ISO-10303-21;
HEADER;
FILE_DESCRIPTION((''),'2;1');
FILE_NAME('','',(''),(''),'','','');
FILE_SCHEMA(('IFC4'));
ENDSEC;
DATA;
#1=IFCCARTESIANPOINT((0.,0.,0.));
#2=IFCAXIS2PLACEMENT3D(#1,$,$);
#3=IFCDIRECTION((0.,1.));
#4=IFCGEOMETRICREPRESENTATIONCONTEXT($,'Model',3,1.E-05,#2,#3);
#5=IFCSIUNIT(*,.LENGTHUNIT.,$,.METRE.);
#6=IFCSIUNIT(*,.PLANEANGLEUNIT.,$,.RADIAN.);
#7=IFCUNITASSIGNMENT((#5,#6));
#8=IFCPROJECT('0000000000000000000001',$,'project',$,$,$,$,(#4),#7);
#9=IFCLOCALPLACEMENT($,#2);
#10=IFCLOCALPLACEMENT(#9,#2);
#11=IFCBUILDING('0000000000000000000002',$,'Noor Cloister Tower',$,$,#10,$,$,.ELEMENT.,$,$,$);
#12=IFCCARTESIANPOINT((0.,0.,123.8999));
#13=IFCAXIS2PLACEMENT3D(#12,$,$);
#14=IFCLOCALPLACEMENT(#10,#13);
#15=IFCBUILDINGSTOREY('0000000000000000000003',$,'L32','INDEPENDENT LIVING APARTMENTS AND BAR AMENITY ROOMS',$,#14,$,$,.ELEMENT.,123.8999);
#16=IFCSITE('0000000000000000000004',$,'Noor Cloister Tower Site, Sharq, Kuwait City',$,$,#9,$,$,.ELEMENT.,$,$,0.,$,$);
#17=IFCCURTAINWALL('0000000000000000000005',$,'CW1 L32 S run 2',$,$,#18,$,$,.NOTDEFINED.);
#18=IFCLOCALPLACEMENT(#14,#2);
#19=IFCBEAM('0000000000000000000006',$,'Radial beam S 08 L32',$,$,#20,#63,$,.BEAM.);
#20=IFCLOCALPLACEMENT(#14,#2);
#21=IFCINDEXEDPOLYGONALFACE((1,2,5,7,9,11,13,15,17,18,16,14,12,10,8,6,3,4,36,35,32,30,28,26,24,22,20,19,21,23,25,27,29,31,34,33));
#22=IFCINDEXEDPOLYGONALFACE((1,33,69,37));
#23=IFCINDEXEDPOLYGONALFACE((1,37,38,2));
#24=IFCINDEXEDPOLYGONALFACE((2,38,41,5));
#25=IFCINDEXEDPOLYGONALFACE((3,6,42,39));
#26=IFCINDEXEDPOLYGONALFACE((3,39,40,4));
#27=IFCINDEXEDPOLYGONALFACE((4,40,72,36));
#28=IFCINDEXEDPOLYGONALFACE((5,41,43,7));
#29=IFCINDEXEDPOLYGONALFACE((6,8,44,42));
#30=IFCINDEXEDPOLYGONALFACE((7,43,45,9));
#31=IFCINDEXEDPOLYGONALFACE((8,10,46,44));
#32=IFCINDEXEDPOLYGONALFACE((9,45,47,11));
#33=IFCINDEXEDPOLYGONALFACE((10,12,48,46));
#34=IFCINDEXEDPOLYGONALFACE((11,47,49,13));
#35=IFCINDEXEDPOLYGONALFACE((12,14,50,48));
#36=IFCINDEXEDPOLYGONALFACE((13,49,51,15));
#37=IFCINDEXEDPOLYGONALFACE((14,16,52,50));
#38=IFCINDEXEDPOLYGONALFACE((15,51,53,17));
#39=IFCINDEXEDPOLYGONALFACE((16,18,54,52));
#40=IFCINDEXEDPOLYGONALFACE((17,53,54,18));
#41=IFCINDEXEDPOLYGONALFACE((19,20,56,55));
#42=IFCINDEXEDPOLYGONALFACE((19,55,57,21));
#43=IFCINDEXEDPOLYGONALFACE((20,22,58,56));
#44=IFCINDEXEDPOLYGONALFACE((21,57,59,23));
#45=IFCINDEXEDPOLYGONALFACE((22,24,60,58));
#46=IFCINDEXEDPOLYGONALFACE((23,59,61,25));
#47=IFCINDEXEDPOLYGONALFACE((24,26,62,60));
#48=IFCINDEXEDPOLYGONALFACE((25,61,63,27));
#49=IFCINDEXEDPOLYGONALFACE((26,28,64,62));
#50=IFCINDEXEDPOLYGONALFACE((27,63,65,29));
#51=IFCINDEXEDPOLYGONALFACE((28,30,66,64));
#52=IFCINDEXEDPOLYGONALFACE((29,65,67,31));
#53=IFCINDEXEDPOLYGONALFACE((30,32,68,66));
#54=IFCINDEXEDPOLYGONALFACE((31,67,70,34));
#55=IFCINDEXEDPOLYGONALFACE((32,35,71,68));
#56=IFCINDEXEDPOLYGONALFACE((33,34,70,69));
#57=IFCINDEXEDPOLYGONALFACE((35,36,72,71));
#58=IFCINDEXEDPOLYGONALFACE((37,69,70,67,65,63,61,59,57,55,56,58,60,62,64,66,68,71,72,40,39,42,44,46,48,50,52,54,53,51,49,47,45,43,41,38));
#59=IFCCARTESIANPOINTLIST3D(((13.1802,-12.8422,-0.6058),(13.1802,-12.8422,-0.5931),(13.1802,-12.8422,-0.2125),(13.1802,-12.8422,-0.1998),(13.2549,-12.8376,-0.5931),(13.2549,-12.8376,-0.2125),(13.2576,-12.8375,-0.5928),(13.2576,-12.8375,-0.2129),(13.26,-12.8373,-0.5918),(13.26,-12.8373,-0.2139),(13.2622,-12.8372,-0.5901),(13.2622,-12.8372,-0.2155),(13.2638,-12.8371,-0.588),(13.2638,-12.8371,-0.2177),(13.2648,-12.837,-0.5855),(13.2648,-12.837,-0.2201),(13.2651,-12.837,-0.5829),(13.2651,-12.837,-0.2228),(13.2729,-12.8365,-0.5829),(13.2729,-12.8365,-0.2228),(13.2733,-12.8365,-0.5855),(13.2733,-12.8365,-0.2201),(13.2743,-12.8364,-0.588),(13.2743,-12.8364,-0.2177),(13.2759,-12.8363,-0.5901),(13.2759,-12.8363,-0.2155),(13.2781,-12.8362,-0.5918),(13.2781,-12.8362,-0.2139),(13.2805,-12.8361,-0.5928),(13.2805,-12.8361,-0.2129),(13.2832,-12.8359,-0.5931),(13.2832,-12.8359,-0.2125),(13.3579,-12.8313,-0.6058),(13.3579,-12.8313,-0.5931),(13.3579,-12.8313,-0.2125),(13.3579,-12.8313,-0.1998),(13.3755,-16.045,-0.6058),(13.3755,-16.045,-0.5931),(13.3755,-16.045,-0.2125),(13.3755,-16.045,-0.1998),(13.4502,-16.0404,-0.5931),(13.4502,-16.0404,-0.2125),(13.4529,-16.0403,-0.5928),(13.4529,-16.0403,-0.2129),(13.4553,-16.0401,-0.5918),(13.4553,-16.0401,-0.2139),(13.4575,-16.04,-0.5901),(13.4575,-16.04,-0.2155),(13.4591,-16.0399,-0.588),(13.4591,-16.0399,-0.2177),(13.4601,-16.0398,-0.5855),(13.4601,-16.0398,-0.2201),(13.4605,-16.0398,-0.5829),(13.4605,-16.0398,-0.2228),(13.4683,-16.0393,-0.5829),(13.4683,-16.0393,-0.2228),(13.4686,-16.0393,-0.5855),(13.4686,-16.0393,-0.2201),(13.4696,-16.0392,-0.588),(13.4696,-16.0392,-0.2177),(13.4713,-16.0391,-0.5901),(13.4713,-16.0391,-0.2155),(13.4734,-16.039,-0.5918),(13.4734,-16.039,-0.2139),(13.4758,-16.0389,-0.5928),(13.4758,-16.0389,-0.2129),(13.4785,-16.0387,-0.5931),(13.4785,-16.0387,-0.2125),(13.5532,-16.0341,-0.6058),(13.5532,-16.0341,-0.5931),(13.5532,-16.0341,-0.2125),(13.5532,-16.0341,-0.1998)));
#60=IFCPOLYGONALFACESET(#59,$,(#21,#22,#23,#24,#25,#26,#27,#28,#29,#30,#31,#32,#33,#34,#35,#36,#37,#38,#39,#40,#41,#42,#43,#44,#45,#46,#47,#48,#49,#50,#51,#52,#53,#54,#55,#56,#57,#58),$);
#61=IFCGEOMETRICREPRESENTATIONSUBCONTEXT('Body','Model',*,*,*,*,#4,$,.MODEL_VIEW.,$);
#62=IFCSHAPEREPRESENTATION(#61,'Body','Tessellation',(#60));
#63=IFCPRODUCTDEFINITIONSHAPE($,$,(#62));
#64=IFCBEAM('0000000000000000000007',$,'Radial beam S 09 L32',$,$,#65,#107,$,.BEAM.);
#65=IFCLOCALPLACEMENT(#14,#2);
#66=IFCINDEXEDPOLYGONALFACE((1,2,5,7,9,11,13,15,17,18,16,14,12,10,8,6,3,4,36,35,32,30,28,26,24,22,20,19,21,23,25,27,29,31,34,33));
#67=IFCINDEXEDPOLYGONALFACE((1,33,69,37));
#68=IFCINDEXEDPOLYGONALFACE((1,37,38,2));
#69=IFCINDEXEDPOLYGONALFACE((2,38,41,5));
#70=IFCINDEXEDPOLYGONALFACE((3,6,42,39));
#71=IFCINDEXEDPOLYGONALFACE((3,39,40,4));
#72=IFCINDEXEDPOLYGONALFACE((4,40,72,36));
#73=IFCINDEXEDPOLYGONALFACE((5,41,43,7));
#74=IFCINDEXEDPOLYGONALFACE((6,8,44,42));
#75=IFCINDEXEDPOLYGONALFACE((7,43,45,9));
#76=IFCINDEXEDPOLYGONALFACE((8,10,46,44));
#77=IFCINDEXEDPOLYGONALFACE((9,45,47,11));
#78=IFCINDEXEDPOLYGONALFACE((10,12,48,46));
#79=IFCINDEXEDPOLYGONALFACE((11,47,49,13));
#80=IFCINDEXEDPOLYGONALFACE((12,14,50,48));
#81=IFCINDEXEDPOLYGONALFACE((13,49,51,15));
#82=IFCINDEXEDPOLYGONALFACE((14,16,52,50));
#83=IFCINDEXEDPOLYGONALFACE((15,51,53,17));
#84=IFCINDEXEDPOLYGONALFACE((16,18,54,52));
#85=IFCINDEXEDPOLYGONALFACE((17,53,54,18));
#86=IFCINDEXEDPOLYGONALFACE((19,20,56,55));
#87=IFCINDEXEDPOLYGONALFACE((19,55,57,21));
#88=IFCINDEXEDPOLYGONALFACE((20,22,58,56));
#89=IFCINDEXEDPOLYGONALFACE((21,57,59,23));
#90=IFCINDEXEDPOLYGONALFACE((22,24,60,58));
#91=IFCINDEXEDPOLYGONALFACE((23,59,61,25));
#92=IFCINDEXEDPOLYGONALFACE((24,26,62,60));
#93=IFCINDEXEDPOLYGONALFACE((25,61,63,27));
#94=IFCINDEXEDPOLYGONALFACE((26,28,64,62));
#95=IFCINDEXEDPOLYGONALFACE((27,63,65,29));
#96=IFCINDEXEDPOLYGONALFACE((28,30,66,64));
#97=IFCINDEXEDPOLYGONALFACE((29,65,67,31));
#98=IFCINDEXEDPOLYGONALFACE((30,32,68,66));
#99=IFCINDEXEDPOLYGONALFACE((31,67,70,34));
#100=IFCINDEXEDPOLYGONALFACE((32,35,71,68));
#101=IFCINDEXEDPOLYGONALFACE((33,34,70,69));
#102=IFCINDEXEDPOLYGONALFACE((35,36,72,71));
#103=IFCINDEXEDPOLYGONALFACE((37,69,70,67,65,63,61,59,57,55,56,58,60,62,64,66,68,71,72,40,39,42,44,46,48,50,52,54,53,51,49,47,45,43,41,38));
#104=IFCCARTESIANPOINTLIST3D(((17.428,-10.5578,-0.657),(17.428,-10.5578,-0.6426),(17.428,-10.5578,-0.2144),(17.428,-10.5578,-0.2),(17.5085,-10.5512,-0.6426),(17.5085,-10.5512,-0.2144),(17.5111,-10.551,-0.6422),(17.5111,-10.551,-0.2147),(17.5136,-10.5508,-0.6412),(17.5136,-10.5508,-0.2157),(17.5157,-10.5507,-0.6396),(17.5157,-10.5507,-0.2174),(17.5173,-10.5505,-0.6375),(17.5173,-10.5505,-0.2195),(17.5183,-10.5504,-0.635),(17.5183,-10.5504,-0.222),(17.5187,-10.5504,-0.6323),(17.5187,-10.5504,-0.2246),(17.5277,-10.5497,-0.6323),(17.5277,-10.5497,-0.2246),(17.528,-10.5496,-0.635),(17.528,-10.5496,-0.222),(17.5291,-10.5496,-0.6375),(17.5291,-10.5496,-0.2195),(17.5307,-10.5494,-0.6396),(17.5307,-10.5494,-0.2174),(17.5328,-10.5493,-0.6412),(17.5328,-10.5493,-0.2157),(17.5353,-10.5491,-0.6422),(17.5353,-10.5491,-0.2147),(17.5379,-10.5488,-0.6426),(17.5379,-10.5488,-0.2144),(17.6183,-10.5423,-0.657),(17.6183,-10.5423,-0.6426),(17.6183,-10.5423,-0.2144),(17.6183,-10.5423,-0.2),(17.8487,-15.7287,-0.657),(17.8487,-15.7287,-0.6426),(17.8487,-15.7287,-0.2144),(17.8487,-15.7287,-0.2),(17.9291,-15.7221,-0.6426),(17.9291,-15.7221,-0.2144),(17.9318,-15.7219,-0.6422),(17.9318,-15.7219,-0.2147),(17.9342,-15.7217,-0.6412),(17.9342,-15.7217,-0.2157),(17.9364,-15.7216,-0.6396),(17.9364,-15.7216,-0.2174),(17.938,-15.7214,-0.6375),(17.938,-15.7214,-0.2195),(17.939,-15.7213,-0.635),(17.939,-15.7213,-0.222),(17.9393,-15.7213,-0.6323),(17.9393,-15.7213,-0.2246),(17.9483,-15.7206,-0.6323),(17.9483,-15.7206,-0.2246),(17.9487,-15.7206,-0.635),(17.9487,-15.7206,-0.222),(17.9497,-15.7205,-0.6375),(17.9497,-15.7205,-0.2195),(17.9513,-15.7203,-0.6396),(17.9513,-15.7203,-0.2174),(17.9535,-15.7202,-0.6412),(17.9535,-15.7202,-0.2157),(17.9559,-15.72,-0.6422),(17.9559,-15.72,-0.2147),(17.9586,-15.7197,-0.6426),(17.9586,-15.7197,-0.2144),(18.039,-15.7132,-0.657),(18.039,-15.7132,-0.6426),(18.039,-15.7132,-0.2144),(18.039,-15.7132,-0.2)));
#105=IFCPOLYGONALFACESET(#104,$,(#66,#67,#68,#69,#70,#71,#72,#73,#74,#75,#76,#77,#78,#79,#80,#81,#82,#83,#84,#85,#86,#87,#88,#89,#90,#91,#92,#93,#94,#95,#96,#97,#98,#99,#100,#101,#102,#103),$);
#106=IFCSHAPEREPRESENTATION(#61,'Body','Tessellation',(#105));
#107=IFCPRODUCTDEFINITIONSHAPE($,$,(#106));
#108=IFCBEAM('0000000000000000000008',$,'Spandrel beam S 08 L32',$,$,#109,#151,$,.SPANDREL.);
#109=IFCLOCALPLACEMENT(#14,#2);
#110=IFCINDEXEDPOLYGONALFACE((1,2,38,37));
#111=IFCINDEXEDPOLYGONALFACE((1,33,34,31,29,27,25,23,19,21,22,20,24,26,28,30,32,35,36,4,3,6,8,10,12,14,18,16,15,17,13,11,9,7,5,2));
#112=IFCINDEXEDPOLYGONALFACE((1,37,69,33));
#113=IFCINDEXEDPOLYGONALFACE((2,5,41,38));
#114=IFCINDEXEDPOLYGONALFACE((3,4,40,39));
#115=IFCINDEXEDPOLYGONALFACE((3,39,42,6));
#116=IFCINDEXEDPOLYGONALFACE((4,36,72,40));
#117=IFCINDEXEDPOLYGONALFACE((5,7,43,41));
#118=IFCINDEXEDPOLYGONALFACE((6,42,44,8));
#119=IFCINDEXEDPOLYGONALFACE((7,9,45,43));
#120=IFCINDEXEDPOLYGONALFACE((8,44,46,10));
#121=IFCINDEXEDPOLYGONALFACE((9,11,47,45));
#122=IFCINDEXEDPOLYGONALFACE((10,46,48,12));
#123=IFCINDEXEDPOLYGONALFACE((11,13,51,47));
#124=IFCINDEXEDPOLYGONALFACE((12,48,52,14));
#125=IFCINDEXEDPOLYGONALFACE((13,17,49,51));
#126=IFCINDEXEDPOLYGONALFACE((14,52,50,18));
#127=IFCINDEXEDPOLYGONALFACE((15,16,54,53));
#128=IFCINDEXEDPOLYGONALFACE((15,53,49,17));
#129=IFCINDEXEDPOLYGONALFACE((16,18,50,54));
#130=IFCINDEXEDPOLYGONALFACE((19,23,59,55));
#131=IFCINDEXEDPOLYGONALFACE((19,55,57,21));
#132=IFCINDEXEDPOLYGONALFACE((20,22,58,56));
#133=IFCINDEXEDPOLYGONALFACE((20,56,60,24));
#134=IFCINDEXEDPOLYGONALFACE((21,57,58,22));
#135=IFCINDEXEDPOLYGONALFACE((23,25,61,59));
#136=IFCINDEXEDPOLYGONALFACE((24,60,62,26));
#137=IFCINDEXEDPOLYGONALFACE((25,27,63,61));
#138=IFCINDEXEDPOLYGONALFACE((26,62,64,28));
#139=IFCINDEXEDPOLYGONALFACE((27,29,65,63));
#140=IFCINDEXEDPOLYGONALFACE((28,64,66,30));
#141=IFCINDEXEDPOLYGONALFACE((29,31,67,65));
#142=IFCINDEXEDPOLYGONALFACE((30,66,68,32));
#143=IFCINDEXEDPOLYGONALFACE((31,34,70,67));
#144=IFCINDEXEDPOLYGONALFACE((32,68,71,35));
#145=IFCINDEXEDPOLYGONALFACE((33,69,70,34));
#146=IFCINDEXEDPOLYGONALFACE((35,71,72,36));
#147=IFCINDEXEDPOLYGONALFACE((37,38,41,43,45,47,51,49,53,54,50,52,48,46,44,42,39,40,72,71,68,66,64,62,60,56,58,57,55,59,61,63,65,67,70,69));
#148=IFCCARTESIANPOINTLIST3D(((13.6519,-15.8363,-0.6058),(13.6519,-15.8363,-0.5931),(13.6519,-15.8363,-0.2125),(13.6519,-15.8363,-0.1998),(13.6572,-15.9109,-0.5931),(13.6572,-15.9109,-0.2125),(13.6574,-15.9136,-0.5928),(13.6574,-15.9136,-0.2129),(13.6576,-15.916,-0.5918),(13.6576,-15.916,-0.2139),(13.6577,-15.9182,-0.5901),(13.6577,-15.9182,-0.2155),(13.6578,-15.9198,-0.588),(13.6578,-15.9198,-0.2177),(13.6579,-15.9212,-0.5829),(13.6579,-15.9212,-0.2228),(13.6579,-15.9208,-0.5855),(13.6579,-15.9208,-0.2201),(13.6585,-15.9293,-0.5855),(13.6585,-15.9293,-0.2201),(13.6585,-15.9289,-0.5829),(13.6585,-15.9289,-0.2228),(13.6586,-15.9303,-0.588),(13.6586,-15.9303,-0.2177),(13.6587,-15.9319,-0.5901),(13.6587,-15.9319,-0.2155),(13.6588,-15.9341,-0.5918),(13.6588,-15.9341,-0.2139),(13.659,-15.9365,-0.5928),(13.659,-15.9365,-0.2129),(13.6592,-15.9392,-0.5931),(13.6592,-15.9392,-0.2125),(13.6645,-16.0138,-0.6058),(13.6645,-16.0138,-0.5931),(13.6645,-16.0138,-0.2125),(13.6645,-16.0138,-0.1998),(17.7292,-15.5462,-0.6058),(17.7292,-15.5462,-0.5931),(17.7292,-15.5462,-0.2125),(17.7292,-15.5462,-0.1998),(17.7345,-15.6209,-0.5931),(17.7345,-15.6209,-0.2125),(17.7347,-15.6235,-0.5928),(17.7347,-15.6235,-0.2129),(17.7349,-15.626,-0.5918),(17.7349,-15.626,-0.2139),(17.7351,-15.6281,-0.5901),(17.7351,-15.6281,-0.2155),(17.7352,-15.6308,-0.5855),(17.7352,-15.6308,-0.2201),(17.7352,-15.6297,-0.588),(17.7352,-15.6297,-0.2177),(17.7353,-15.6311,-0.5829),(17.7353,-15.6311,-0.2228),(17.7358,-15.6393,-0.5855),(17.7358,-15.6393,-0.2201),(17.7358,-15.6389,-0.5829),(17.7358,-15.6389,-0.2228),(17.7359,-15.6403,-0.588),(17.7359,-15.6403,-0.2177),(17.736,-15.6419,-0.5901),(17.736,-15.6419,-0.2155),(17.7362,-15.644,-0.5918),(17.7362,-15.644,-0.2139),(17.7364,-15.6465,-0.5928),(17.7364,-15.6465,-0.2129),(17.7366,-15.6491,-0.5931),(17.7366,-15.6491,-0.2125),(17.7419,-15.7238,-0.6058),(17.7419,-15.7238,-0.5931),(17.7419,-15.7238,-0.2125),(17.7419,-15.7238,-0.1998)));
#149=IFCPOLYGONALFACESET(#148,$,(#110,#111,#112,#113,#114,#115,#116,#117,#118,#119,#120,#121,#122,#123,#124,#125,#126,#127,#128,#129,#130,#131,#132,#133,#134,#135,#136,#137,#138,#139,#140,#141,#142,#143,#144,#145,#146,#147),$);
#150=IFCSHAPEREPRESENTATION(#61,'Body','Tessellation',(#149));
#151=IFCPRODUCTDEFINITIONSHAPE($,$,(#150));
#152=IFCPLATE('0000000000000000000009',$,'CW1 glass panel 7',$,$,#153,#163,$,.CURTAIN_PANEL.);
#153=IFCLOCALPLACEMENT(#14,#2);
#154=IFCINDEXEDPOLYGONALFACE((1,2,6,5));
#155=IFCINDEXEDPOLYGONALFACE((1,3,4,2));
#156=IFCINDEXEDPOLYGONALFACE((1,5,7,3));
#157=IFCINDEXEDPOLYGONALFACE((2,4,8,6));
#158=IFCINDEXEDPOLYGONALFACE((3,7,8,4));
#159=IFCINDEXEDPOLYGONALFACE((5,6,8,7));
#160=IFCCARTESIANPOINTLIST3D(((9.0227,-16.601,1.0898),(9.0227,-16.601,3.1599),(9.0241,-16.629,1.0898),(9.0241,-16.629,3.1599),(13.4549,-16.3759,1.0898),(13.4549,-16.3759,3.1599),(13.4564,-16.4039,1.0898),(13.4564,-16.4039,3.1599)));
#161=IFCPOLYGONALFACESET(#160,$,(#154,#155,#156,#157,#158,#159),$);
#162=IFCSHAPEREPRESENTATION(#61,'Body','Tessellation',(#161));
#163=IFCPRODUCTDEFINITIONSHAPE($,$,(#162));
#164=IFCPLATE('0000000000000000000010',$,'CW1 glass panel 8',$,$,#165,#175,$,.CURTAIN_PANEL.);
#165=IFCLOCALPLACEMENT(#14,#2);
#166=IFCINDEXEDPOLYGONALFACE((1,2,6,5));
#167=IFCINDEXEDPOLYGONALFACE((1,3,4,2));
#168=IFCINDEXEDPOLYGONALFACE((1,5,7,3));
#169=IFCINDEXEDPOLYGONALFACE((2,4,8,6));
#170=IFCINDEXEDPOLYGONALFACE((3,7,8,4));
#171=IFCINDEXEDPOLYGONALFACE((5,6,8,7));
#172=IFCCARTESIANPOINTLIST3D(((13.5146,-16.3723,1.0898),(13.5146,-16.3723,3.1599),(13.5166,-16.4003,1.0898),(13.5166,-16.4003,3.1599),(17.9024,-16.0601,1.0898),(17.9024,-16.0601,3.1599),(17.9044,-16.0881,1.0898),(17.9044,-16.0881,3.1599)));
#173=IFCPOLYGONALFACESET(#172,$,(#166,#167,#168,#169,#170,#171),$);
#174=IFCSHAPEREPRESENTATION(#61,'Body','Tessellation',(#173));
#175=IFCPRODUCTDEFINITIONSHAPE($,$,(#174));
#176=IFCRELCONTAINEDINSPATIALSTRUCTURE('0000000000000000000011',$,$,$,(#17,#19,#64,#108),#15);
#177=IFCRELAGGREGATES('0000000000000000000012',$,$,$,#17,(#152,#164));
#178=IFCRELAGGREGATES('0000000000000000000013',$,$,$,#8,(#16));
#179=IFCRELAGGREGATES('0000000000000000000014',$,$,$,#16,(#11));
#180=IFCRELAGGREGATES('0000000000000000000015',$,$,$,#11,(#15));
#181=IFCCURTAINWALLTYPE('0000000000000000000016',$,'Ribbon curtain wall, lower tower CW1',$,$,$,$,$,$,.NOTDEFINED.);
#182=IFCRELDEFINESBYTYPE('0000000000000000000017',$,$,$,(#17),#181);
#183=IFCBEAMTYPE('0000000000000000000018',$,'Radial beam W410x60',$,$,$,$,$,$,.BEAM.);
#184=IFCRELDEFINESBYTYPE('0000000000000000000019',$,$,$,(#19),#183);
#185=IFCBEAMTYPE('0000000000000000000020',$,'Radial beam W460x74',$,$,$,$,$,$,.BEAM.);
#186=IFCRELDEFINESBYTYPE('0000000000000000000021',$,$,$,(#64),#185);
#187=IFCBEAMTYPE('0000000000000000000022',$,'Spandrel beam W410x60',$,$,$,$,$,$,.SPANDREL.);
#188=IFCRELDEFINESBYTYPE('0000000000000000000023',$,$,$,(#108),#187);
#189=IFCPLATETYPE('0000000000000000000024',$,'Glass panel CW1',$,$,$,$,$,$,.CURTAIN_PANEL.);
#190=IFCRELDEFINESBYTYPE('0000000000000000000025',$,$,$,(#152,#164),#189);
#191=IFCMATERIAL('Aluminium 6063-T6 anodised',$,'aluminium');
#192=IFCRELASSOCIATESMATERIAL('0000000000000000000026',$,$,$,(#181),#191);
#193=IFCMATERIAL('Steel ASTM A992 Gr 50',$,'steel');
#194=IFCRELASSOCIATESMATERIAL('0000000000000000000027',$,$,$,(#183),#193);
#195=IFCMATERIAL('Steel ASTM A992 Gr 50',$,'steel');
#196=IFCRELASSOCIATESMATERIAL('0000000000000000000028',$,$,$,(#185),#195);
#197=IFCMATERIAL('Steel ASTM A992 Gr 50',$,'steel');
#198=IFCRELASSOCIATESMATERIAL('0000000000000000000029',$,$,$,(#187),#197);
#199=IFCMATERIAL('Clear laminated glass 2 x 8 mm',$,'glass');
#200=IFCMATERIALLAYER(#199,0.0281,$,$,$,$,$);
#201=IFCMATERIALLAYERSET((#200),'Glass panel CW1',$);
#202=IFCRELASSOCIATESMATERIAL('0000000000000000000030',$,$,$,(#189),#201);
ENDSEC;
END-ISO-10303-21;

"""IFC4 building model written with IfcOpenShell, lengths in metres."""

from ifc_helpers import new_model, si_unit, direction, frame, origin, origin_2d, place, context, subcontext, project, spatial, rectangle, i_section, extrude, material, layer, layer_set, material_profile, profile_set, type_object, element, aggregate, save


model = new_model("IFC4")

# Units and contexts
model_context = context("Model", 3, precision=1e-05, world=origin(), true_north=direction((0.0, 1.0)))
body_context = subcontext(model_context, "Body", "Model", "MODEL_VIEW")
ifc_project = project(units=[si_unit("LENGTHUNIT", "METRE"), si_unit("PLANEANGLEUNIT", "RADIAN")], contexts=[model_context])

# Site, building, storey
site_placement = place(None, origin())
site = spatial("IfcSite", under=ifc_project, at=site_placement, Name="Noor Cloister Tower Site, Sharq, Kuwait City", CompositionType="ELEMENT", RefElevation=0.0)
building_placement = place(site_placement, origin())
building = spatial("IfcBuilding", under=site, at=building_placement, Name="Noor Cloister Tower", CompositionType="ELEMENT")
storey_placement = place(building_placement, frame((0.0, 0.0, 123.8999)))
storey = spatial("IfcBuildingStorey", under=building, at=storey_placement, Name="L32", Description="INDEPENDENT LIVING APARTMENTS AND BAR AMENITY ROOMS", CompositionType="ELEMENT", Elevation=123.8999)

# Curtain wall
ifc_material_1 = material(Name="Aluminium 6063-T6 anodised", Category="aluminium")
curtain_wall_type = type_object("IfcCurtainWallType", Name="Ribbon curtain wall, lower tower CW1", PredefinedType="NOTDEFINED", material=ifc_material_1)
curtain_wall_placement = place(storey_placement, origin())
curtain_wall = element("IfcCurtainWall", 1, at=curtain_wall_placement, inside=storey, type_object=curtain_wall_type, Name="CW1 L32 S run 2", PredefinedType="NOTDEFINED")

# Beams
ifc_material_2 = material(Name="Steel ASTM A992 Gr 50", Category="steel")
ifc_material_profile_1 = material_profile(ifc_material_2, i_section(OverallWidth=0.178, OverallDepth=0.406, WebThickness=0.0078, FlangeThickness=0.0127, FilletRadius=0.0103, at=origin_2d()), Name="W410x60")
ifc_profile_set_1 = profile_set([ifc_material_profile_1], Name="Steel ASTM A992 Gr 50")
beam_type_1 = type_object("IfcBeamType", Name="Radial beam W410x60", PredefinedType="BEAM", material=ifc_profile_set_1)
beam_1_placement = place(storey_placement, frame((13.4644, -16.0396, -0.4028), z_axis=(-0.060867, 0.998146, 0.0), x_axis=(-0.998146, -0.060867, 0.0)))
element("IfcBeam", 2, at=beam_1_placement, inside=storey, type_object=beam_type_1, Name="Radial beam S 08 L32", PredefinedType="BEAM", context=body_context, shape_type="SweptSolid", body=[
    extrude(i_section(OverallWidth=0.178, OverallDepth=0.406, WebThickness=0.0078, FlangeThickness=0.0127, FilletRadius=0.0103, at=origin_2d()), origin(), (0.0, 0.0, 1.0), 3.2087),
])
ifc_material_3 = material(Name="Steel ASTM A992 Gr 50", Category="steel")
ifc_material_profile_2 = material_profile(ifc_material_3, i_section(OverallWidth=0.1909, OverallDepth=0.457, WebThickness=0.009, FlangeThickness=0.0144, FilletRadius=0.0103, at=origin_2d()), Name="W460x74")
ifc_profile_set_2 = profile_set([ifc_material_profile_2], Name="Steel ASTM A992 Gr 50")
beam_type_2 = type_object("IfcBeamType", Name="Radial beam W460x74", PredefinedType="BEAM", material=ifc_profile_set_2)
beam_2_placement = place(storey_placement, frame((17.9438, -15.7209, -0.4285), z_axis=(-0.081082, 0.996707, 0.0), x_axis=(-0.996707, -0.081082, 0.0)))
element("IfcBeam", 3, at=beam_2_placement, inside=storey, type_object=beam_type_2, Name="Radial beam S 09 L32", PredefinedType="BEAM", context=body_context, shape_type="SweptSolid", body=[
    extrude(i_section(OverallWidth=0.1909, OverallDepth=0.457, WebThickness=0.009, FlangeThickness=0.0144, FilletRadius=0.0103, at=origin_2d()), origin(), (0.0, 0.0, 1.0), 5.188),
])
ifc_material_4 = material(Name="Steel ASTM A992 Gr 50", Category="steel")
ifc_material_profile_3 = material_profile(ifc_material_4, i_section(OverallWidth=0.178, OverallDepth=0.406, WebThickness=0.0078, FlangeThickness=0.0127, FilletRadius=0.0103, at=origin_2d()), Name="W410x60")
ifc_profile_set_3 = profile_set([ifc_material_profile_3], Name="Steel ASTM A992 Gr 50")
beam_type_3 = type_object("IfcBeamType", Name="Spandrel beam W410x60", PredefinedType="SPANDREL", material=ifc_profile_set_3)
beam_3_placement = place(storey_placement, frame((13.6582, -15.925, -0.4028), z_axis=(0.99748, 0.070954, 0.0), x_axis=(-0.070954, 0.99748, 0.0)))
element("IfcBeam", 4, at=beam_3_placement, inside=storey, type_object=beam_type_3, Name="Spandrel beam S 08 L32", PredefinedType="SPANDREL", context=body_context, shape_type="SweptSolid", body=[
    extrude(i_section(OverallWidth=0.178, OverallDepth=0.406, WebThickness=0.0078, FlangeThickness=0.0127, FilletRadius=0.0103, at=origin_2d()), origin(), (0.0, 0.0, 1.0), 4.0876),
])

# Plates
ifc_material_5 = material(Name="Clear laminated glass 2 x 8 mm", Category="glass")
ifc_layer = layer(ifc_material_5, 0.0281)
ifc_layer_set = layer_set([ifc_layer], Name="Glass panel CW1")
plate_type = type_object("IfcPlateType", Name="Glass panel CW1", PredefinedType="CURTAIN_PANEL", material=ifc_layer_set)
plate_1_placement = place(storey_placement, frame((11.2395, -16.5024, 1.0898), z_axis=(0.0, 0.0, 1.0), x_axis=(0.998713, 0.050715, 0.0)))
plate_1 = element("IfcPlate", 5, at=plate_1_placement, type_object=plate_type, Name="CW1 glass panel 7", PredefinedType="CURTAIN_PANEL", context=body_context, shape_type="SweptSolid", body=[
    extrude(rectangle(XDim=4.438, YDim=0.0281, at=origin_2d()), origin(), (0.0, 0.0, 1.0), 2.0701),
])
plate_2_placement = place(storey_placement, frame((15.7095, -16.2302, 1.0898), z_axis=(0.0, 0.0, 1.0), x_axis=(0.997478, 0.070972, 0.0)))
plate_2 = element("IfcPlate", 6, at=plate_2_placement, type_object=plate_type, Name="CW1 glass panel 8", PredefinedType="CURTAIN_PANEL", context=body_context, shape_type="SweptSolid", body=[
    extrude(rectangle(XDim=4.3989, YDim=0.0281, at=origin_2d()), origin(), (0.0, 0.0, 1.0), 2.0701),
])
aggregate(curtain_wall, [plate_1, plate_2])

save(model, "model.ifc")
